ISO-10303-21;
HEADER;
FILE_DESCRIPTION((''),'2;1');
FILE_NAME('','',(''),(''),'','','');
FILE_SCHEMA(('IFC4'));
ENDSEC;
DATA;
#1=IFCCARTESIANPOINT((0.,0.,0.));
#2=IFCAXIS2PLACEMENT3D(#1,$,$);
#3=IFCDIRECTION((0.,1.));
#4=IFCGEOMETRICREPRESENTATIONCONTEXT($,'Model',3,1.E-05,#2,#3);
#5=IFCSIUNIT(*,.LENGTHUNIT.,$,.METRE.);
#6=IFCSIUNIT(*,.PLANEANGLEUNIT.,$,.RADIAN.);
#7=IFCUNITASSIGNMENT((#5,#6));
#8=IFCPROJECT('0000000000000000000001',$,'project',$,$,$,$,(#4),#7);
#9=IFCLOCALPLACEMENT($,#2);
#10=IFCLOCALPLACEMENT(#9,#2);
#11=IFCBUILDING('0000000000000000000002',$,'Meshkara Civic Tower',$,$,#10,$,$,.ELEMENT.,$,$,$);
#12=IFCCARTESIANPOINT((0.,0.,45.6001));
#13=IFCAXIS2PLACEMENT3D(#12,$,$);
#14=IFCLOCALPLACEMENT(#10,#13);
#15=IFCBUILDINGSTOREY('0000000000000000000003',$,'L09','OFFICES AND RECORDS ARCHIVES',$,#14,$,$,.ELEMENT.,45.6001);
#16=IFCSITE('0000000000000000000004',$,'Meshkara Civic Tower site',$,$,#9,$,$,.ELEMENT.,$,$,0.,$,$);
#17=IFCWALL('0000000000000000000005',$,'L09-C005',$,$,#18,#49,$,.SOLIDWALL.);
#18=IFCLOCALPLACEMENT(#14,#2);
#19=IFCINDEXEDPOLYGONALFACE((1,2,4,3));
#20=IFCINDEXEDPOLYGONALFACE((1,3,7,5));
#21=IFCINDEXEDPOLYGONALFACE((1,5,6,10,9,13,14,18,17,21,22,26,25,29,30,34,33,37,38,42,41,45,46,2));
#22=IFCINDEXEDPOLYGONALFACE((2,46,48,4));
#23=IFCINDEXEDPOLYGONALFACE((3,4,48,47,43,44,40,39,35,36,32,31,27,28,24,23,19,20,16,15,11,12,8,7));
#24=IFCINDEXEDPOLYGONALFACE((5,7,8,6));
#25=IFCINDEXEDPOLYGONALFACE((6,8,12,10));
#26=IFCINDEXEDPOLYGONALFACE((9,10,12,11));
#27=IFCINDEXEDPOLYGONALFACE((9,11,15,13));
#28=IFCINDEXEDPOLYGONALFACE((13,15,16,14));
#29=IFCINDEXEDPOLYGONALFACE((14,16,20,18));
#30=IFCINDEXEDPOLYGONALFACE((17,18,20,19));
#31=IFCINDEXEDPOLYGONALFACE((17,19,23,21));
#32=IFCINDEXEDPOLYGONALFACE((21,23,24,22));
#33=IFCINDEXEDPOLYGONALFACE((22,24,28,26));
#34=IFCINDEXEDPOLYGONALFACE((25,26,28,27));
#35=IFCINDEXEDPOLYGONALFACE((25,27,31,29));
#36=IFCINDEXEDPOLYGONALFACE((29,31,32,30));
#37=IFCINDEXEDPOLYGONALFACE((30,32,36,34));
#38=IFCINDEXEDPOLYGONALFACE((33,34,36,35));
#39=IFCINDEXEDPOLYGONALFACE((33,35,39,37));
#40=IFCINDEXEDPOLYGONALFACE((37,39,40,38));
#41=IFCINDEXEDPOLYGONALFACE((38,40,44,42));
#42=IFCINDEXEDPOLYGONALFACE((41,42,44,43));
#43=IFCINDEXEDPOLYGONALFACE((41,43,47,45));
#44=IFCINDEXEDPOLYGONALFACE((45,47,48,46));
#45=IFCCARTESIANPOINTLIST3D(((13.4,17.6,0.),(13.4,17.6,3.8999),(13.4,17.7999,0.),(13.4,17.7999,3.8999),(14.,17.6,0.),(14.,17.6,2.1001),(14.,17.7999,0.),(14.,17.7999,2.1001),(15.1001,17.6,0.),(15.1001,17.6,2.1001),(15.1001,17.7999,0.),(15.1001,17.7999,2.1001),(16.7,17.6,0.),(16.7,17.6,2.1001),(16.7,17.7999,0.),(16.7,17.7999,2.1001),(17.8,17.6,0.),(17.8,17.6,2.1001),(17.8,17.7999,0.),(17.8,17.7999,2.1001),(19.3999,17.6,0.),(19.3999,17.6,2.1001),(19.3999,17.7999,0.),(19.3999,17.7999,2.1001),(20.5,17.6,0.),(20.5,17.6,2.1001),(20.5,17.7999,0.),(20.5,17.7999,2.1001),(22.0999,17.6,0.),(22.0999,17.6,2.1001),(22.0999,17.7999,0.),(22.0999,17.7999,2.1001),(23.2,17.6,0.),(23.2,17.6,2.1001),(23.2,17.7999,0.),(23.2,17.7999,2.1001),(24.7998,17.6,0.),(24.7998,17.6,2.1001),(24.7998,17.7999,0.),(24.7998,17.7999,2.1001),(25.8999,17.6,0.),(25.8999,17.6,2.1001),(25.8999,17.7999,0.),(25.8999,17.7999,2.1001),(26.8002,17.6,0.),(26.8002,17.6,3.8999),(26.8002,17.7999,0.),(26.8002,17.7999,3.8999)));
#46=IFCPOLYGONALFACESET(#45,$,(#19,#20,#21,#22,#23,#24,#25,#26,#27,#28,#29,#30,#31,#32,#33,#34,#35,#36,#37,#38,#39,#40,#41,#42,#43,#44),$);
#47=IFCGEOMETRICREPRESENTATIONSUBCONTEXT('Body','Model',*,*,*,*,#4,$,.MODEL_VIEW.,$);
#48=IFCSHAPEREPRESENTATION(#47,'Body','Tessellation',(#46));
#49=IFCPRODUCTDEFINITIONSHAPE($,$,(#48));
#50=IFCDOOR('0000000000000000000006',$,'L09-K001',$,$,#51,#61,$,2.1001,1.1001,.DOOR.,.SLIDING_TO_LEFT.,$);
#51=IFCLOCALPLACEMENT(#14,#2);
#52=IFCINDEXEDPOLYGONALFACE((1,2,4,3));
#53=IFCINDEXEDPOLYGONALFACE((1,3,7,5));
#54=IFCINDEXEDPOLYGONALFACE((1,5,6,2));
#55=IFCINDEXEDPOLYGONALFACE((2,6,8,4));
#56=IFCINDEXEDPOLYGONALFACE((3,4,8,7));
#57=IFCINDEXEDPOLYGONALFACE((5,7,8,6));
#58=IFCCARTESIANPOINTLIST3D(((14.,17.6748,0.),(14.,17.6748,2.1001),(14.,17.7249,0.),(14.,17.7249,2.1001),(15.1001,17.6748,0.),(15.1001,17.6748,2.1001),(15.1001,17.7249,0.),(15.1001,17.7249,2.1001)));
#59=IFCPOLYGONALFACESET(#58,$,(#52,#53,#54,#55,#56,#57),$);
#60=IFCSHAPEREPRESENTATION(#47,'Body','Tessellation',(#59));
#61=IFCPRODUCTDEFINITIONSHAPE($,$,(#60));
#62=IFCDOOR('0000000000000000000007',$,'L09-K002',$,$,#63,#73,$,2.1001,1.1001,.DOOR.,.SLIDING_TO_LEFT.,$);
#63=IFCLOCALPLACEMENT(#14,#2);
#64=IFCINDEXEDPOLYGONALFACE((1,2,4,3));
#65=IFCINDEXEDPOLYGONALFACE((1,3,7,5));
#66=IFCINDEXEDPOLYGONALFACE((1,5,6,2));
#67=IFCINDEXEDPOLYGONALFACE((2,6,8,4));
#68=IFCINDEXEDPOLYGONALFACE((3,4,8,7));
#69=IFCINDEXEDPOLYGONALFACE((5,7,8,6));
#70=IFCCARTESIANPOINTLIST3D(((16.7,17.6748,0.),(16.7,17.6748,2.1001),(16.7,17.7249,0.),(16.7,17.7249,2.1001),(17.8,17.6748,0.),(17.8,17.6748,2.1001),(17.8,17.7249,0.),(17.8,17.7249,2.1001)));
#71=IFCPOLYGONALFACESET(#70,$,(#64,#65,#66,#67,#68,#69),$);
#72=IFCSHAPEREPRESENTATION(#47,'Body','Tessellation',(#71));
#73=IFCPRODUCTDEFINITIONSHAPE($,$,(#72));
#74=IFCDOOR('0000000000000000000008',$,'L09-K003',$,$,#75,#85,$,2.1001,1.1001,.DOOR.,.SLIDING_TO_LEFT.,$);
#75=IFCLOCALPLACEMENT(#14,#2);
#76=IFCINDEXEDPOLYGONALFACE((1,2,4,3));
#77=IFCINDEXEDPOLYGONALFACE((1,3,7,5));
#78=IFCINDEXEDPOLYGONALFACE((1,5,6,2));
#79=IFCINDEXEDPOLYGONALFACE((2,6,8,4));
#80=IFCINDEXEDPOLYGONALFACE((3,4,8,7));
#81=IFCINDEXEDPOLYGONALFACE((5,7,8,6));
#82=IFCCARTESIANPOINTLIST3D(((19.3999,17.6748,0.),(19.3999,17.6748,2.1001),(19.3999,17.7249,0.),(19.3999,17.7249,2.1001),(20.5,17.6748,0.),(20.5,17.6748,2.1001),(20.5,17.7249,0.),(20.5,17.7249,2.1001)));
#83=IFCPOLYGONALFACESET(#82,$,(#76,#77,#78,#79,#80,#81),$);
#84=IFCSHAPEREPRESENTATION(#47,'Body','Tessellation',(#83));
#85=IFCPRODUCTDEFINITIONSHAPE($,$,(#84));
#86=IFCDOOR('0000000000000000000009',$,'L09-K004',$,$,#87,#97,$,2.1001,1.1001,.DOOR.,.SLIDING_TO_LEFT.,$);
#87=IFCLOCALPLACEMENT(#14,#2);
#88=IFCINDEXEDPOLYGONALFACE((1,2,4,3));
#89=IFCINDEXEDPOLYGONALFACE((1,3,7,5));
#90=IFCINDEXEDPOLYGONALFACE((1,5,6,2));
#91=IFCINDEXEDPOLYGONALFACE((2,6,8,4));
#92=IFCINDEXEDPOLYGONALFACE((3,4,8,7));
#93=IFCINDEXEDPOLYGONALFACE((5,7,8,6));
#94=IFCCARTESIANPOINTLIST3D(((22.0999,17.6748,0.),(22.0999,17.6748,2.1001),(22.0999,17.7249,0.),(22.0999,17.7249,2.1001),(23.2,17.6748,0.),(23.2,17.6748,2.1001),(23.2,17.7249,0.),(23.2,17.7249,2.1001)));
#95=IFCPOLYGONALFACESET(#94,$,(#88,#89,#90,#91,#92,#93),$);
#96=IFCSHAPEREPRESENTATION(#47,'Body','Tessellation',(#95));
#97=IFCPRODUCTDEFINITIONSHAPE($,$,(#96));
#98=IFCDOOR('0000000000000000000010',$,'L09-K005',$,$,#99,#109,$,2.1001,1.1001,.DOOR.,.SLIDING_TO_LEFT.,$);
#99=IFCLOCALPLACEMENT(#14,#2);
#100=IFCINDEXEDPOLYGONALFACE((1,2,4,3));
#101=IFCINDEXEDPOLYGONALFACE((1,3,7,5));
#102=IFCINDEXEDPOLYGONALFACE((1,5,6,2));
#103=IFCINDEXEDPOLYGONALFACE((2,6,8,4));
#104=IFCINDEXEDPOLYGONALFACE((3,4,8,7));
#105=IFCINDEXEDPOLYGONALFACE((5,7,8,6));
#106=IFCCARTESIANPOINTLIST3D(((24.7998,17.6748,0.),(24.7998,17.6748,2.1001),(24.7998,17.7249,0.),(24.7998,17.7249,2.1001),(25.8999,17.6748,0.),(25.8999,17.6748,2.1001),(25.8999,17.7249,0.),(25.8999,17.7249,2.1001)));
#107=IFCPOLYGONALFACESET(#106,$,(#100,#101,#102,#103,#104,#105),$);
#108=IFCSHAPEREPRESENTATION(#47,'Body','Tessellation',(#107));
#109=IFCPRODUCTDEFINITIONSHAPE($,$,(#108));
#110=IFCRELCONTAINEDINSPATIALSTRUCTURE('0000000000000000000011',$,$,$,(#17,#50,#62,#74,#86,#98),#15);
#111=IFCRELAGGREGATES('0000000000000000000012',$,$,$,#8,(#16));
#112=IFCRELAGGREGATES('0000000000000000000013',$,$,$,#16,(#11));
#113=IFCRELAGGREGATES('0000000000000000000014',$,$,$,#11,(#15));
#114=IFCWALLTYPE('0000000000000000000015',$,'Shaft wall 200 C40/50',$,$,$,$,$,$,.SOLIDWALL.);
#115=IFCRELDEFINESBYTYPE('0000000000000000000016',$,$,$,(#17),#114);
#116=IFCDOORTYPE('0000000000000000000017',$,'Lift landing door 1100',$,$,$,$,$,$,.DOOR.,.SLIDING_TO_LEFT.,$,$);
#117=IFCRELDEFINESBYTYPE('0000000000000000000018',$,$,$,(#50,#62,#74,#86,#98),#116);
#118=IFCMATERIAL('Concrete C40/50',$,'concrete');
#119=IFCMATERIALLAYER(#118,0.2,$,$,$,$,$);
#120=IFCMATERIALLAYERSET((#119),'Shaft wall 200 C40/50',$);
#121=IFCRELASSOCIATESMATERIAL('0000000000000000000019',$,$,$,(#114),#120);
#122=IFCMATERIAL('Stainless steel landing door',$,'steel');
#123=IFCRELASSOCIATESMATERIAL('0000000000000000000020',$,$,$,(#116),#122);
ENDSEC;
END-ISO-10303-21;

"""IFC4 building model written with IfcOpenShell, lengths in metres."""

from ifc_helpers import new_model, si_unit, direction, frame, frame_2d, origin, place, context, subcontext, project, spatial, rectangle, extrude, material, layer, layer_set, type_object, element, fill, save


model = new_model("IFC4")

# Units and contexts
model_context = context("Model", 3, precision=1e-05, world=origin(), true_north=direction((0.0, 1.0)))
body_context = subcontext(model_context, "Body", "Model", "MODEL_VIEW")
ifc_project = project(units=[si_unit("LENGTHUNIT", "METRE"), si_unit("PLANEANGLEUNIT", "RADIAN")], contexts=[model_context])

# Site, building, storey
site_placement = place(None, origin())
site = spatial("IfcSite", under=ifc_project, at=site_placement, Name="Meshkara Civic Tower site", CompositionType="ELEMENT", RefElevation=0.0)
building_placement = place(site_placement, origin())
building = spatial("IfcBuilding", under=site, at=building_placement, Name="Meshkara Civic Tower", CompositionType="ELEMENT")
storey_placement = place(building_placement, frame((0.0, 0.0, 45.6001)))
storey = spatial("IfcBuildingStorey", under=building, at=storey_placement, Name="L09", Description="OFFICES AND RECORDS ARCHIVES", CompositionType="ELEMENT", Elevation=45.6001)

# Wall, openings, doors
ifc_material_1 = material(Name="Concrete C40/50", Category="concrete")
ifc_layer_1 = layer(ifc_material_1, 0.2)
ifc_layer_set_1 = layer_set([ifc_layer_1], Name="Shaft wall 200 C40/50")
wall_type_1 = type_object("IfcWallType", Name="Shaft wall 200 C40/50", PredefinedType="SOLIDWALL", material=ifc_layer_set_1)
wall_1_placement = place(storey_placement, frame((13.3999, 17.7, 0.0), z_axis=(0.0, 0.0, 1.0), x_axis=(1.0, 0.0, 0.0)))
wall_1 = element("IfcWall", 1, at=wall_1_placement, inside=storey, type_object=wall_type_1, Name="L09-C005", PredefinedType="SOLIDWALL", context=body_context, shape_type="SweptSolid", body=[
    extrude(rectangle(XDim=13.4001, YDim=0.2, at=frame_2d((6.7002, 0.0))), origin(), (0.0, 0.0, 1.0), 3.8999),
])
opening_1_placement = place(wall_1_placement, frame((0.6001, 0.0, 0.0)))
opening_1 = element("IfcOpeningElement", 2, at=opening_1_placement, cuts=wall_1, PredefinedType="OPENING", context=body_context, shape_type="SweptSolid", body=[
    extrude(rectangle(XDim=1.1001, YDim=2.1001, at=frame_2d((0.55, 1.05))), frame((0.0, 0.1099, 0.0), z_axis=(0.0, -1.0, 0.0), x_axis=(1.0, 0.0, 0.0)), (0.0, 0.0, 1.0), 0.22),
])
opening_2_placement = place(wall_1_placement, frame((3.3, 0.0, 0.0)))
opening_2 = element("IfcOpeningElement", 3, at=opening_2_placement, cuts=wall_1, PredefinedType="OPENING", context=body_context, shape_type="SweptSolid", body=[
    extrude(rectangle(XDim=1.1001, YDim=2.1001, at=frame_2d((0.55, 1.05))), frame((0.0, 0.1099, 0.0), z_axis=(0.0, -1.0, 0.0), x_axis=(1.0, 0.0, 0.0)), (0.0, 0.0, 1.0), 0.22),
])
opening_3_placement = place(wall_1_placement, frame((6.0, 0.0, 0.0)))
opening_3 = element("IfcOpeningElement", 4, at=opening_3_placement, cuts=wall_1, PredefinedType="OPENING", context=body_context, shape_type="SweptSolid", body=[
    extrude(rectangle(XDim=1.1001, YDim=2.1001, at=frame_2d((0.55, 1.05))), frame((0.0, 0.1099, 0.0), z_axis=(0.0, -1.0, 0.0), x_axis=(1.0, 0.0, 0.0)), (0.0, 0.0, 1.0), 0.22),
])
opening_4_placement = place(wall_1_placement, frame((8.7, 0.0, 0.0)))
opening_4 = element("IfcOpeningElement", 5, at=opening_4_placement, cuts=wall_1, PredefinedType="OPENING", context=body_context, shape_type="SweptSolid", body=[
    extrude(rectangle(XDim=1.1001, YDim=2.1001, at=frame_2d((0.55, 1.05))), frame((0.0, 0.1099, 0.0), z_axis=(0.0, -1.0, 0.0), x_axis=(1.0, 0.0, 0.0)), (0.0, 0.0, 1.0), 0.22),
])
opening_5_placement = place(wall_1_placement, frame((11.3999, 0.0, 0.0)))
opening_5 = element("IfcOpeningElement", 6, at=opening_5_placement, cuts=wall_1, PredefinedType="OPENING", context=body_context, shape_type="SweptSolid", body=[
    extrude(rectangle(XDim=1.1001, YDim=2.1001, at=frame_2d((0.55, 1.05))), frame((0.0, 0.1099, 0.0), z_axis=(0.0, -1.0, 0.0), x_axis=(1.0, 0.0, 0.0)), (0.0, 0.0, 1.0), 0.22),
])
ifc_material_2 = material(Name="Stainless steel landing door", Category="steel")
door_type_1 = type_object("IfcDoorType", Name="Lift landing door 1100", OperationType="SLIDING_TO_LEFT", PredefinedType="DOOR", material=ifc_material_2)
door_1_placement = place(opening_1_placement, origin())
door_1 = element("IfcDoor", 7, at=door_1_placement, inside=storey, type_object=door_type_1, Name="L09-K001", OperationType="SLIDING_TO_LEFT", OverallHeight=2.1001, OverallWidth=1.1001, PredefinedType="DOOR", context=body_context, shape_type="SweptSolid", body=[
    extrude(rectangle(XDim=1.1001, YDim=2.1001, at=frame_2d((0.55, 1.05))), frame((0.0, 0.0249, 0.0), z_axis=(0.0, -1.0, 0.0), x_axis=(1.0, 0.0, 0.0)), (0.0, 0.0, 1.0), 0.05),
])
fill(opening_1, door_1)
door_2_placement = place(opening_2_placement, origin())
door_2 = element("IfcDoor", 8, at=door_2_placement, inside=storey, type_object=door_type_1, Name="L09-K002", OperationType="SLIDING_TO_LEFT", OverallHeight=2.1001, OverallWidth=1.1001, PredefinedType="DOOR", context=body_context, shape_type="SweptSolid", body=[
    extrude(rectangle(XDim=1.1001, YDim=2.1001, at=frame_2d((0.55, 1.05))), frame((0.0, 0.0249, 0.0), z_axis=(0.0, -1.0, 0.0), x_axis=(1.0, 0.0, 0.0)), (0.0, 0.0, 1.0), 0.05),
])
fill(opening_2, door_2)
door_3_placement = place(opening_3_placement, origin())
door_3 = element("IfcDoor", 9, at=door_3_placement, inside=storey, type_object=door_type_1, Name="L09-K003", OperationType="SLIDING_TO_LEFT", OverallHeight=2.1001, OverallWidth=1.1001, PredefinedType="DOOR", context=body_context, shape_type="SweptSolid", body=[
    extrude(rectangle(XDim=1.1001, YDim=2.1001, at=frame_2d((0.55, 1.05))), frame((0.0, 0.0249, 0.0), z_axis=(0.0, -1.0, 0.0), x_axis=(1.0, 0.0, 0.0)), (0.0, 0.0, 1.0), 0.05),
])
fill(opening_3, door_3)
door_4_placement = place(opening_4_placement, origin())
door_4 = element("IfcDoor", 10, at=door_4_placement, inside=storey, type_object=door_type_1, Name="L09-K004", OperationType="SLIDING_TO_LEFT", OverallHeight=2.1001, OverallWidth=1.1001, PredefinedType="DOOR", context=body_context, shape_type="SweptSolid", body=[
    extrude(rectangle(XDim=1.1001, YDim=2.1001, at=frame_2d((0.55, 1.05))), frame((0.0, 0.0249, 0.0), z_axis=(0.0, -1.0, 0.0), x_axis=(1.0, 0.0, 0.0)), (0.0, 0.0, 1.0), 0.05),
])
fill(opening_4, door_4)
door_5_placement = place(opening_5_placement, origin())
door_5 = element("IfcDoor", 11, at=door_5_placement, inside=storey, type_object=door_type_1, Name="L09-K005", OperationType="SLIDING_TO_LEFT", OverallHeight=2.1001, OverallWidth=1.1001, PredefinedType="DOOR", context=body_context, shape_type="SweptSolid", body=[
    extrude(rectangle(XDim=1.1001, YDim=2.1001, at=frame_2d((0.55, 1.05))), frame((0.0, 0.0249, 0.0), z_axis=(0.0, -1.0, 0.0), x_axis=(1.0, 0.0, 0.0)), (0.0, 0.0, 1.0), 0.05),
])
fill(opening_5, door_5)

save(model, "model.ifc")
